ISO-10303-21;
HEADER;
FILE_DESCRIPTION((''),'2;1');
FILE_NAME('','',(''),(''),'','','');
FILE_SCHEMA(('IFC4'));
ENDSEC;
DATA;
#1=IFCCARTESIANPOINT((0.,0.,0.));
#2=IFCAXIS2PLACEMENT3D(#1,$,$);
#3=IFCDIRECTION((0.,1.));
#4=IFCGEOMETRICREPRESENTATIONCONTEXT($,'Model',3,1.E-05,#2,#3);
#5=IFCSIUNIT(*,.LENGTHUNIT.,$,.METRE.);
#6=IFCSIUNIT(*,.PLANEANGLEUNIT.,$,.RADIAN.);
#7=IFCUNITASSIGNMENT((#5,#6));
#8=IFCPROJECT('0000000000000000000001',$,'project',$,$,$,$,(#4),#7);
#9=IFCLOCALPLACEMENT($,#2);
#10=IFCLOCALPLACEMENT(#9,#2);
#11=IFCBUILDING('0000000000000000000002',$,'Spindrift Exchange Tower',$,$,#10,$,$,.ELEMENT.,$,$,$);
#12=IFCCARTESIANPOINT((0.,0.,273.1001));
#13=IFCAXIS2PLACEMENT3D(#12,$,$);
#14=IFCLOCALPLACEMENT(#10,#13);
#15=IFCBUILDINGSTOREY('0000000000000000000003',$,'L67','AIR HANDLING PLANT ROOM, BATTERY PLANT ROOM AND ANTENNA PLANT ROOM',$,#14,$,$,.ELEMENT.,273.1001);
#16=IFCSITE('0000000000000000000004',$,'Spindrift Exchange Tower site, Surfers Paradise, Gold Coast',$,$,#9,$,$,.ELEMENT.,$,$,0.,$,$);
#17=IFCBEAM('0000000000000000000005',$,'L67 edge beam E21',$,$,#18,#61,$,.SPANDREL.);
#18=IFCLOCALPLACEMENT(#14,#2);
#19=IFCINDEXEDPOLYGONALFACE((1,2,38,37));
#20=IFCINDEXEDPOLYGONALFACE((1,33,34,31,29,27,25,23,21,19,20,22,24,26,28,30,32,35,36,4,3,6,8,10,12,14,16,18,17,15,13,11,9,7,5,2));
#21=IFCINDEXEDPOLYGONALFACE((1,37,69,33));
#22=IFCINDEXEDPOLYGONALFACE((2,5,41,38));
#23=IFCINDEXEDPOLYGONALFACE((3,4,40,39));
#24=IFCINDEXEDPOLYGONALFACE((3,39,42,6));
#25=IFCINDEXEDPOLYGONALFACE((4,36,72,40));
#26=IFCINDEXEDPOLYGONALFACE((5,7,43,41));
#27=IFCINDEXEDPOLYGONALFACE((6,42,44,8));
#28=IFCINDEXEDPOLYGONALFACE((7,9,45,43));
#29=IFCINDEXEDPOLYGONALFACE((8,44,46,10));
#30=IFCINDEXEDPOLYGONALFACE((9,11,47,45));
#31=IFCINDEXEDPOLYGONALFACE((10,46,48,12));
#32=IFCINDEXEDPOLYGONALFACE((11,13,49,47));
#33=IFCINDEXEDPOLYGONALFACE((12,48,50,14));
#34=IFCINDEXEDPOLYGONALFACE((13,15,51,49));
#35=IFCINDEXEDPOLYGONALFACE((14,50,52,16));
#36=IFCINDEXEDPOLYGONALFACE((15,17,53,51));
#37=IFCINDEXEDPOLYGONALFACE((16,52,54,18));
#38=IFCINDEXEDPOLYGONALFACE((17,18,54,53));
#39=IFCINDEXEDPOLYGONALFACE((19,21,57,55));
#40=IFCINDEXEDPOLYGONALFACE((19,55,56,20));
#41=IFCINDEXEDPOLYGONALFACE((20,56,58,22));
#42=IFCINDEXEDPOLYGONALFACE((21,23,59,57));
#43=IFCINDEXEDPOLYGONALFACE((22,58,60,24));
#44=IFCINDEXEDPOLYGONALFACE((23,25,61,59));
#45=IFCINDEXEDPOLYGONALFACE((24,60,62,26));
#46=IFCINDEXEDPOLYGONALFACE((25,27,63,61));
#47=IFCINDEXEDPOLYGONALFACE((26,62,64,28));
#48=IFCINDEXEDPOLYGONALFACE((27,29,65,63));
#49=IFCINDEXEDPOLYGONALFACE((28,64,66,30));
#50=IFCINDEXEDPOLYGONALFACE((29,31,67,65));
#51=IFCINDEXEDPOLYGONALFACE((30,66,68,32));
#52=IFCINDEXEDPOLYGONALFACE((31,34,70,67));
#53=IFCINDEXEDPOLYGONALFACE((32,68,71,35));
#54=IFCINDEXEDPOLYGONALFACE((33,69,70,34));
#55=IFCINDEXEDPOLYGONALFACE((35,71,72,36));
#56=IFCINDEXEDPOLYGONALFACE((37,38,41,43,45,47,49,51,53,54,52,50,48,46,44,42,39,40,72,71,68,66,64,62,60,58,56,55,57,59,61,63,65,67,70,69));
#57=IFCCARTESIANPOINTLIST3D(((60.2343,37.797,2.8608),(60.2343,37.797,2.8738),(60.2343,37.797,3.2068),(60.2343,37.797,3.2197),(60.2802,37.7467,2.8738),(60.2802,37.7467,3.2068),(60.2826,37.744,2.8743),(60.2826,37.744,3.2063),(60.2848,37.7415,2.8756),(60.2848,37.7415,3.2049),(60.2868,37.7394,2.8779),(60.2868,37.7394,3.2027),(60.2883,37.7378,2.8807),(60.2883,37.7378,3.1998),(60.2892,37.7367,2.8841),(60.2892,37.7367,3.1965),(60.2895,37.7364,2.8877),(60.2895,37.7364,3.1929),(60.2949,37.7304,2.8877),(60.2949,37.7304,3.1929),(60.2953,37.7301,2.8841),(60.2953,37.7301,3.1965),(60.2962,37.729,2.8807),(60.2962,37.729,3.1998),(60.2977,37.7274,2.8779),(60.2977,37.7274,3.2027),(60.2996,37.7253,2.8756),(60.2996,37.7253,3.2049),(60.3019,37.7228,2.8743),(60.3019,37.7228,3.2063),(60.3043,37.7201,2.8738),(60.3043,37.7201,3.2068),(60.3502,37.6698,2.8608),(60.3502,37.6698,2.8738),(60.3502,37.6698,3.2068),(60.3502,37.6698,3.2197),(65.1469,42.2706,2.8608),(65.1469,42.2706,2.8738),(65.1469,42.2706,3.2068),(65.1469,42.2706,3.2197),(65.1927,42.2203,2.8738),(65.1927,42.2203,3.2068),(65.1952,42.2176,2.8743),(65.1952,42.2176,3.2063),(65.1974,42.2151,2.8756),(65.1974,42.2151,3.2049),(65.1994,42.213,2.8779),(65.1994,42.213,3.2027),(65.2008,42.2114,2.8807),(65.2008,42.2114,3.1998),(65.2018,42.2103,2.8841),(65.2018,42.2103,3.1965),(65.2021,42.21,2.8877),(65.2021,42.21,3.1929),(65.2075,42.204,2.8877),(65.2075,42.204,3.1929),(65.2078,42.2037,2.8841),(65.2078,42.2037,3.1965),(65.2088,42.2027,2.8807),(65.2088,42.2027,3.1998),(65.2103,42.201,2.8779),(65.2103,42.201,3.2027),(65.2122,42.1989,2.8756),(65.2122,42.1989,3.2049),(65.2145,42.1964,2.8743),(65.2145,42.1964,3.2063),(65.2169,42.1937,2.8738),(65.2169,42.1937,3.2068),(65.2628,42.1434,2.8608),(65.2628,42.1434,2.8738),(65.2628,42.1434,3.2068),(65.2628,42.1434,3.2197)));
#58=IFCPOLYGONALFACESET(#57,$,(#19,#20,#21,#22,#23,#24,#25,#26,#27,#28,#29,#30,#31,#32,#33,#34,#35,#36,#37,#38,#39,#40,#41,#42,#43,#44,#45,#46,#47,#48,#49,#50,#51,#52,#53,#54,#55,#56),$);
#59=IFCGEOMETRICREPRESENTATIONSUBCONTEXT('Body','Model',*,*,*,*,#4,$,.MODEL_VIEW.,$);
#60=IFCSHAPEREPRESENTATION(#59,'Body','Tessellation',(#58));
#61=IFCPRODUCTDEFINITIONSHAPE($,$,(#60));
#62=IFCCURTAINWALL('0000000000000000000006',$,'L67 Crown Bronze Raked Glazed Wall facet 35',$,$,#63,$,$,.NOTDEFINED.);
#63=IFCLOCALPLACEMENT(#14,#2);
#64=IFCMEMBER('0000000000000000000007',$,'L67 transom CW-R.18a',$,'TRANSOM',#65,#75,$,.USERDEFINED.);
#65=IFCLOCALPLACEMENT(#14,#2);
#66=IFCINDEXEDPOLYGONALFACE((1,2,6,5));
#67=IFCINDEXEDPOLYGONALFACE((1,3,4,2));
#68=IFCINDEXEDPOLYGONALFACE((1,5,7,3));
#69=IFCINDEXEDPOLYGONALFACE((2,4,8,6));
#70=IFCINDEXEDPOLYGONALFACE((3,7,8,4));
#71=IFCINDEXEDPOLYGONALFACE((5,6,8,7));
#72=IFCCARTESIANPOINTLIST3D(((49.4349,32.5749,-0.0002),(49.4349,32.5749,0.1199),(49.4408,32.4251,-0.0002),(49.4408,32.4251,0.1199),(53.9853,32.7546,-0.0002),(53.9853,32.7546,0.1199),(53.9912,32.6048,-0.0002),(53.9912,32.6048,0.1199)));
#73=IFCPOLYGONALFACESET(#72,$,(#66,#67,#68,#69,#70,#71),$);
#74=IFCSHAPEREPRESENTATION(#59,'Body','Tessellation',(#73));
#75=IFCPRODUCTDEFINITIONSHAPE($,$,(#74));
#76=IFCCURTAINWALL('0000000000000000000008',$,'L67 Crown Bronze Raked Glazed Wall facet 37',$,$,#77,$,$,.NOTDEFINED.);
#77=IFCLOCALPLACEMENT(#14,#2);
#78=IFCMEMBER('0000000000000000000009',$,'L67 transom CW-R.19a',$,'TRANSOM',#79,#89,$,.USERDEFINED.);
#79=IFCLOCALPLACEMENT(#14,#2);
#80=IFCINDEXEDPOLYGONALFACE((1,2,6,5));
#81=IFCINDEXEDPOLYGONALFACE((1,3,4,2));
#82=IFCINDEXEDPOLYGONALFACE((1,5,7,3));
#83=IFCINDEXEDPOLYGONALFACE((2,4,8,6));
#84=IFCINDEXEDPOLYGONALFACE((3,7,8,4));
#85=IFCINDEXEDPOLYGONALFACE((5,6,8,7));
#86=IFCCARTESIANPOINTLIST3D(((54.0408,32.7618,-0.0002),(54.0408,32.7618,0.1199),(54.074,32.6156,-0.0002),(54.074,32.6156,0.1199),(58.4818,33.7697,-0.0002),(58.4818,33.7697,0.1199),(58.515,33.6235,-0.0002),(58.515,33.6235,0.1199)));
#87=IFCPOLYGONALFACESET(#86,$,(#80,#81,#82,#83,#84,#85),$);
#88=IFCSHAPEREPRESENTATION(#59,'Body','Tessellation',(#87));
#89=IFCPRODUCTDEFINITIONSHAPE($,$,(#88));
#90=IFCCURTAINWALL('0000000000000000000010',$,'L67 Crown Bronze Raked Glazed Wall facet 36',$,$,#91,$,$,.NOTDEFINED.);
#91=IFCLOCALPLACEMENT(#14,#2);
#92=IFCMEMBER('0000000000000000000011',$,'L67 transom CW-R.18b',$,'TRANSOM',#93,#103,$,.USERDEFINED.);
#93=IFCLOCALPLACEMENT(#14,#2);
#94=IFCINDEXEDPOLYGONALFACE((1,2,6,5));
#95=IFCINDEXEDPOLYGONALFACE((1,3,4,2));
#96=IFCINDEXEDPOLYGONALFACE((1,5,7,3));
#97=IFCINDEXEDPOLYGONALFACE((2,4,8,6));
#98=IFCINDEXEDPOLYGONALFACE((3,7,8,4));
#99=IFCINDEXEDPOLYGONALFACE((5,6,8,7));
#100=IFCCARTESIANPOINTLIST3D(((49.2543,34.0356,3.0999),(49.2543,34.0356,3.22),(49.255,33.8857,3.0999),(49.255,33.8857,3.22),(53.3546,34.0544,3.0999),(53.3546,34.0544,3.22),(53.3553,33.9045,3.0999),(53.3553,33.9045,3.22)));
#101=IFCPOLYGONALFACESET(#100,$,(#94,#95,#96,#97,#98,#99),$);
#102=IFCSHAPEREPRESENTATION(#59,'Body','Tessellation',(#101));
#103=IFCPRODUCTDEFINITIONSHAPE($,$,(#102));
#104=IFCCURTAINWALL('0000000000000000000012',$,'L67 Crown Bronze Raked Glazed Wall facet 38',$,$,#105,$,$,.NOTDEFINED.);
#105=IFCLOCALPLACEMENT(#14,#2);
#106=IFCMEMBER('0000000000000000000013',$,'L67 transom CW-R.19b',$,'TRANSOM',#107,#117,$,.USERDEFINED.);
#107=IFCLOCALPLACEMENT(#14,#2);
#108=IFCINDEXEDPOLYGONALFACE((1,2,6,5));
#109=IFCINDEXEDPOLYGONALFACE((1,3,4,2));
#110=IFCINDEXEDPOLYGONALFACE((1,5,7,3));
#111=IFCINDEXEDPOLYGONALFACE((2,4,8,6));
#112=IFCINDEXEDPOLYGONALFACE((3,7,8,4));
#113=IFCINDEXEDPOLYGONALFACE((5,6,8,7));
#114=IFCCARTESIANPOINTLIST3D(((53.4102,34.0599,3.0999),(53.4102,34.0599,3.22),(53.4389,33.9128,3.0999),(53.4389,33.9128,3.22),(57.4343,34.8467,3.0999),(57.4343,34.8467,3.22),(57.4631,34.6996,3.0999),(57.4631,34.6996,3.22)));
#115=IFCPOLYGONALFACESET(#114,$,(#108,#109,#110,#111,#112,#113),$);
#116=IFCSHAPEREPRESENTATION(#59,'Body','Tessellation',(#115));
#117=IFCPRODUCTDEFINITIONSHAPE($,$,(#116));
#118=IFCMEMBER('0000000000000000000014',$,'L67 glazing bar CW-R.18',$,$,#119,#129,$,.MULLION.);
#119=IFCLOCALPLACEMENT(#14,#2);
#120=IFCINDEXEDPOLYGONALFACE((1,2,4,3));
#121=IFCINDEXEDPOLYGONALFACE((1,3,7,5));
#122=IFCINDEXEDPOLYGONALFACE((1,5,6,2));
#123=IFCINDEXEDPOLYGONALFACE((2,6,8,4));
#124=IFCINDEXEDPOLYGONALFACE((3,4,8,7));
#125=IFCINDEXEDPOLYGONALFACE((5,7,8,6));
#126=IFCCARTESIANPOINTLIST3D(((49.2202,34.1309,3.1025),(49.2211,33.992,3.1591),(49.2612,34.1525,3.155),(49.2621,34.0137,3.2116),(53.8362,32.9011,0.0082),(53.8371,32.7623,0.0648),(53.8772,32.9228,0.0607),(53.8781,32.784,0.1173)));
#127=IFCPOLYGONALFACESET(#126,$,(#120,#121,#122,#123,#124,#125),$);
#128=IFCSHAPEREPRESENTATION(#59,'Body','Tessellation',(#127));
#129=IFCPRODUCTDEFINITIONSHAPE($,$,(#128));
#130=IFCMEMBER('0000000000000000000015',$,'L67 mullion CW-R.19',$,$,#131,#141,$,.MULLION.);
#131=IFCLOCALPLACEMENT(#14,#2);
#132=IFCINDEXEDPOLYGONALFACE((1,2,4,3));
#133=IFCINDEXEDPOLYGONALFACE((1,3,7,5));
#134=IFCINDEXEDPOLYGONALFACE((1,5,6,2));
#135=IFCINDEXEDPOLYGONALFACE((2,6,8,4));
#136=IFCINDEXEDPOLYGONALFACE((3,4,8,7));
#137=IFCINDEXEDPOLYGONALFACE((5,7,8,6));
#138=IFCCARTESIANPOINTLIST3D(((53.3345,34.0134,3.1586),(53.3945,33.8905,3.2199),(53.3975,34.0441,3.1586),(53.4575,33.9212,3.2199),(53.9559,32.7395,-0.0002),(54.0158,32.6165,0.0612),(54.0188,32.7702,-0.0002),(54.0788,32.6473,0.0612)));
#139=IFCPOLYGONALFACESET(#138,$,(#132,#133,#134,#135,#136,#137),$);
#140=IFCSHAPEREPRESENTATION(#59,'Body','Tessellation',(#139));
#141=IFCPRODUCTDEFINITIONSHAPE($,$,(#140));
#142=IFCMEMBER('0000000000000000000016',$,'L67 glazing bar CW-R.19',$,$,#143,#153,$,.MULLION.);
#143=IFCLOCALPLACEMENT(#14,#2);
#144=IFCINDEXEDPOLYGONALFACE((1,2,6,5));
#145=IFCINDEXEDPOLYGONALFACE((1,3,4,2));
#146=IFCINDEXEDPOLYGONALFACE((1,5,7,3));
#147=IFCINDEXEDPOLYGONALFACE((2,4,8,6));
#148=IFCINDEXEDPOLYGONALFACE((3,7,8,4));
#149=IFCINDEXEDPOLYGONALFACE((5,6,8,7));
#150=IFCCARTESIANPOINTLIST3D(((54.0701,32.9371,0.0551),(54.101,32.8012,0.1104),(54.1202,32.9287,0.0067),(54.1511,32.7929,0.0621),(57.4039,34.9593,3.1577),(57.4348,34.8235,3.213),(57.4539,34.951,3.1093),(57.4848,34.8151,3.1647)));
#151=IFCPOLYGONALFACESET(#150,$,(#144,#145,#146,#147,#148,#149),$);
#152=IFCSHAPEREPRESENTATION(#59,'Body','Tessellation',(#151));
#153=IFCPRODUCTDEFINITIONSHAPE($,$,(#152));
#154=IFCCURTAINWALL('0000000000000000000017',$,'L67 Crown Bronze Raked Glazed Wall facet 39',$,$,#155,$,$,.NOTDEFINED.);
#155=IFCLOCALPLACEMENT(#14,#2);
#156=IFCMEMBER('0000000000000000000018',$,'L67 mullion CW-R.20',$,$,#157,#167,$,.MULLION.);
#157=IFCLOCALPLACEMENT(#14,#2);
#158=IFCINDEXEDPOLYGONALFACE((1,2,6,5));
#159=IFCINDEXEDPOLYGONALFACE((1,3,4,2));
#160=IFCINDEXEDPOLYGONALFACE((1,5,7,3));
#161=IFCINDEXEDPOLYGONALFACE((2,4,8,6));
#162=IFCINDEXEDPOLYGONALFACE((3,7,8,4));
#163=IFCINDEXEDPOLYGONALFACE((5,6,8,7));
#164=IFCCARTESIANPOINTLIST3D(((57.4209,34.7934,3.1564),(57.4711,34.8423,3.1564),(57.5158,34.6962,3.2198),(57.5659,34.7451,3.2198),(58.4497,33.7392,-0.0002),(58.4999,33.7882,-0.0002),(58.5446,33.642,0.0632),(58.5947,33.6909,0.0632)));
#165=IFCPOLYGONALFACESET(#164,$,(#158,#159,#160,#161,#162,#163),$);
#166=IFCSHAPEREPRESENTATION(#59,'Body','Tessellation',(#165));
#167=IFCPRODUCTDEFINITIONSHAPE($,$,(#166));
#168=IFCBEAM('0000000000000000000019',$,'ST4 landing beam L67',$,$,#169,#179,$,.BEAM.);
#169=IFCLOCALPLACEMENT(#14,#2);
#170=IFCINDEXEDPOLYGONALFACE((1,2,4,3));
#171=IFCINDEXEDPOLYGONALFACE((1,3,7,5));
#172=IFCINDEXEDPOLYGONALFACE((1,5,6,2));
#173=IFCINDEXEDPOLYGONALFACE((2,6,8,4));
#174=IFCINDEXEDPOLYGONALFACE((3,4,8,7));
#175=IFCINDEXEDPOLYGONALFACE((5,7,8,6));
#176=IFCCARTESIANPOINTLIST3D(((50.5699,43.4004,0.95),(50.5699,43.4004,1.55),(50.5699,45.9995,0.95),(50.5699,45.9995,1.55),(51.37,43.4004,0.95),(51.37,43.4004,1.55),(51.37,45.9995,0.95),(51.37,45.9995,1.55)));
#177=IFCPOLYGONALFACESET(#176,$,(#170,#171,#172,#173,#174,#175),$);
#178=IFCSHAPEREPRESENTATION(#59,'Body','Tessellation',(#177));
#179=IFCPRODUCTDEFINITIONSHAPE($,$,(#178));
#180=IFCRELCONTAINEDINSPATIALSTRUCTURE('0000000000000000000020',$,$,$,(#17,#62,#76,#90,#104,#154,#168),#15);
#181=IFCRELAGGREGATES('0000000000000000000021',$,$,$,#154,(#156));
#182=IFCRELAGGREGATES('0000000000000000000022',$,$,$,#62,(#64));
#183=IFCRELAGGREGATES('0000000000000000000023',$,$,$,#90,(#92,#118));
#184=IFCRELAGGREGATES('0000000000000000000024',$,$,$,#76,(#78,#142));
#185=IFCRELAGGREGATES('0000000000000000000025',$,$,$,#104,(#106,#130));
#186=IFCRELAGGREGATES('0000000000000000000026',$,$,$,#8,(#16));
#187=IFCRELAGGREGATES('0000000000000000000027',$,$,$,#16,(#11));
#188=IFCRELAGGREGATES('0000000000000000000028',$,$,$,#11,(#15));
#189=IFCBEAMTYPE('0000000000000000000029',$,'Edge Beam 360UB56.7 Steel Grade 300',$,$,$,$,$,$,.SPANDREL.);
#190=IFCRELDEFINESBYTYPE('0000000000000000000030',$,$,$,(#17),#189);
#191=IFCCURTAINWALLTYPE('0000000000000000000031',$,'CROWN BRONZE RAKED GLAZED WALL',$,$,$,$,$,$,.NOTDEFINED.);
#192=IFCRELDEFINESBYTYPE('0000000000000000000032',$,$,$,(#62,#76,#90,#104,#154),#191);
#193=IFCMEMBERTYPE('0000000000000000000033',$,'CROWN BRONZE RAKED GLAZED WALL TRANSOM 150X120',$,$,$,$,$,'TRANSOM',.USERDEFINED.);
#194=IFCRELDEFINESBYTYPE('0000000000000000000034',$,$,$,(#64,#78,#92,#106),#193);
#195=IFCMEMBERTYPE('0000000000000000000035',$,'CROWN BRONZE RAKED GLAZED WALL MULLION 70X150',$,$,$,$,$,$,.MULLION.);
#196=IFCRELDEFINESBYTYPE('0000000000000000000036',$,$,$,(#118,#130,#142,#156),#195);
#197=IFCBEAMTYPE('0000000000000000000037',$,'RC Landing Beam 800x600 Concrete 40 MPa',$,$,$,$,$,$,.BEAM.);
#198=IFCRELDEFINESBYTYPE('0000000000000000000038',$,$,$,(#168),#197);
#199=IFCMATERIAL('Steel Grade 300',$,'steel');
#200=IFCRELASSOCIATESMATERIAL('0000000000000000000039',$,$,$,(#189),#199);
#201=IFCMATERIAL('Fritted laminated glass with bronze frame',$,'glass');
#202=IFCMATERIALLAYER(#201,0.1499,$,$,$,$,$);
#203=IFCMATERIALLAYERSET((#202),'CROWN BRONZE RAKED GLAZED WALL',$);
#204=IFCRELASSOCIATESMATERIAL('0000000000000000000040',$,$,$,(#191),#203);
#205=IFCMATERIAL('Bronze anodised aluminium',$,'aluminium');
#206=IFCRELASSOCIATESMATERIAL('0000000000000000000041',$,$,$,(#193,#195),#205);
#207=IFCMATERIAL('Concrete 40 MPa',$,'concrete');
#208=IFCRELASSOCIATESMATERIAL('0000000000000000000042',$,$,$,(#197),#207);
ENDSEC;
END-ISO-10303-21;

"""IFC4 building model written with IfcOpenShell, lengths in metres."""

from ifc_helpers import new_model, si_unit, direction, frame, origin, origin_2d, place, context, subcontext, project, spatial, rectangle, i_section, extrude, source, transform, mapped, material, layer, layer_set, material_profile, profile_set, type_object, element, aggregate, save


model = new_model("IFC4")

# Units and contexts
model_context = context("Model", 3, precision=1e-05, world=origin(), true_north=direction((0.0, 1.0)))
body_context = subcontext(model_context, "Body", "Model", "MODEL_VIEW")
ifc_project = project(units=[si_unit("LENGTHUNIT", "METRE"), si_unit("PLANEANGLEUNIT", "RADIAN")], contexts=[model_context])

# Site, building, storey
site_placement = place(None, origin())
site = spatial("IfcSite", under=ifc_project, at=site_placement, Name="Spindrift Exchange Tower site, Surfers Paradise, Gold Coast", CompositionType="ELEMENT", RefElevation=0.0)
building_placement = place(site_placement, origin())
building = spatial("IfcBuilding", under=site, at=building_placement, Name="Spindrift Exchange Tower", CompositionType="ELEMENT")
storey_placement = place(building_placement, frame((0.0, 0.0, 273.1001)))
storey = spatial("IfcBuildingStorey", under=building, at=storey_placement, Name="L67", Description="AIR HANDLING PLANT ROOM, BATTERY PLANT ROOM AND ANTENNA PLANT ROOM", CompositionType="ELEMENT", Elevation=273.1001)

# Shared definitions
ifc_material_1 = material(Name="Concrete 40 MPa", Category="concrete")

# Beam
ifc_material_2 = material(Name="Steel Grade 300", Category="steel")
ifc_material_profile_1 = material_profile(ifc_material_2, i_section(OverallWidth=0.1721, OverallDepth=0.3589, WebThickness=0.0081, FlangeThickness=0.0129, FilletRadius=0.0139, at=origin_2d()), Name="360UB56.7")
ifc_profile_set_1 = profile_set([ifc_material_profile_1], Name="Steel Grade 300")
beam_type_1 = type_object("IfcBeamType", Name="Edge Beam 360UB56.7 Steel Grade 300", PredefinedType="SPANDREL", material=ifc_profile_set_1)
shared_shape_1 = source(origin(), body_context, "Body", "SweptSolid", [
    extrude(i_section(OverallWidth=0.1721, OverallDepth=0.3589, WebThickness=0.0081, FlangeThickness=0.0129, FilletRadius=0.0139, at=origin_2d()), origin(), (0.0, 0.0, 1.0), 6.6443),
])
beam_1_placement = place(storey_placement, frame((60.2922, 37.7334, 3.0403), z_axis=(0.739368, 0.673302, 0.0), x_axis=(-0.673302, 0.739368, 0.0)))
element("IfcBeam", 1, at=beam_1_placement, inside=storey, type_object=beam_type_1, Name="L67 edge beam E21", PredefinedType="SPANDREL", context=body_context, shape_type="MappedRepresentation", body=[
    mapped(shared_shape_1, transform((0.0, 0.0, 0.0), scale=1.0)),
])

# Curtain walls, members
ifc_material_3 = material(Name="Fritted laminated glass with bronze frame", Category="glass")
ifc_layer_1 = layer(ifc_material_3, 0.1499)
ifc_layer_set_1 = layer_set([ifc_layer_1], Name="CROWN BRONZE RAKED GLAZED WALL")
curtain_wall_type = type_object("IfcCurtainWallType", Name="CROWN BRONZE RAKED GLAZED WALL", PredefinedType="NOTDEFINED", material=ifc_layer_set_1)
curtain_wall_1_placement = place(storey_placement, origin())
curtain_wall_1 = element("IfcCurtainWall", 2, at=curtain_wall_1_placement, inside=storey, type_object=curtain_wall_type, Name="L67 Crown Bronze Raked Glazed Wall facet 35", PredefinedType="NOTDEFINED")
ifc_material_4 = material(Name="Bronze anodised aluminium", Category="aluminium")
ifc_material_profile_2 = material_profile(ifc_material_4, rectangle(XDim=0.1499, YDim=0.1201, at=origin_2d()), Name="CROWN BRONZE RAKED GLAZED WALL TRANSOM 150X120")
ifc_profile_set_2 = profile_set([ifc_material_profile_2], Name="Bronze anodised aluminium")
member_type_1 = type_object("IfcMemberType", Name="CROWN BRONZE RAKED GLAZED WALL TRANSOM 150X120", ElementType="TRANSOM", PredefinedType="USERDEFINED", material=ifc_profile_set_2)
shared_shape_2 = source(origin(), body_context, "Body", "SweptSolid", [
    extrude(rectangle(XDim=0.1499, YDim=0.1201, at=origin_2d()), origin(), (0.0, 0.0, 1.0), 4.554),
])
member_1_placement = place(storey_placement, frame((53.9883, 32.6797, 0.0598), z_axis=(-0.999221, -0.039458, 0.0), x_axis=(0.039458, -0.999221, 0.0)))
member_1 = element("IfcMember", 3, at=member_1_placement, type_object=member_type_1, Name="L67 transom CW-R.18a", ObjectType="TRANSOM", PredefinedType="USERDEFINED", context=body_context, shape_type="MappedRepresentation", body=[
    mapped(shared_shape_2, transform((0.0, 0.0, 0.0), scale=1.0)),
])
curtain_wall_2_placement = place(storey_placement, origin())
curtain_wall_2 = element("IfcCurtainWall", 4, at=curtain_wall_2_placement, inside=storey, type_object=curtain_wall_type, Name="L67 Crown Bronze Raked Glazed Wall facet 37", PredefinedType="NOTDEFINED")
member_2_placement = place(storey_placement, frame((54.0574, 32.6887, 0.0598), z_axis=(0.975203, 0.221311, 0.0), x_axis=(-0.221311, 0.975203, 0.0)))
member_2 = element("IfcMember", 5, at=member_2_placement, type_object=member_type_1, Name="L67 transom CW-R.19a", ObjectType="TRANSOM", PredefinedType="USERDEFINED", context=body_context, shape_type="MappedRepresentation", body=[
    mapped(shared_shape_2, transform((0.0, 0.0, 0.0), scale=1.0)),
])
curtain_wall_3_placement = place(storey_placement, origin())
curtain_wall_3 = element("IfcCurtainWall", 6, at=curtain_wall_3_placement, inside=storey, type_object=curtain_wall_type, Name="L67 Crown Bronze Raked Glazed Wall facet 36", PredefinedType="NOTDEFINED")
shared_shape_3 = source(origin(), body_context, "Body", "SweptSolid", [
    extrude(rectangle(XDim=0.1499, YDim=0.1201, at=origin_2d()), origin(), (0.0, 0.0, 1.0), 4.1003),
])
member_3_placement = place(storey_placement, frame((53.355, 33.9795, 3.1599), z_axis=(-0.999989, -0.004585, 0.0), x_axis=(0.004585, -0.999989, 0.0)))
member_3 = element("IfcMember", 7, at=member_3_placement, type_object=member_type_1, Name="L67 transom CW-R.18b", ObjectType="TRANSOM", PredefinedType="USERDEFINED", context=body_context, shape_type="MappedRepresentation", body=[
    mapped(shared_shape_3, transform((0.0, 0.0, 0.0), scale=1.0)),
])
curtain_wall_4_placement = place(storey_placement, origin())
curtain_wall_4 = element("IfcCurtainWall", 8, at=curtain_wall_4_placement, inside=storey, type_object=curtain_wall_type, Name="L67 Crown Bronze Raked Glazed Wall facet 38", PredefinedType="NOTDEFINED")
member_4_placement = place(storey_placement, frame((53.4246, 33.9863, 3.1599), z_axis=(0.981414, 0.191901, 0.0), x_axis=(-0.191901, 0.981414, 0.0)))
member_4 = element("IfcMember", 9, at=member_4_placement, type_object=member_type_1, Name="L67 transom CW-R.19b", ObjectType="TRANSOM", PredefinedType="USERDEFINED", context=body_context, shape_type="MappedRepresentation", body=[
    mapped(shared_shape_3, transform((0.0, 0.0, 0.0), scale=1.0)),
])

# Members
ifc_material_profile_3 = material_profile(ifc_material_4, rectangle(XDim=0.0701, YDim=0.1499, at=origin_2d()), Name="CROWN BRONZE RAKED GLAZED WALL MULLION 70X150")
ifc_profile_set_3 = profile_set([ifc_material_profile_3], Name="Bronze anodised aluminium")
member_type_2 = type_object("IfcMemberType", Name="CROWN BRONZE RAKED GLAZED WALL MULLION 70X150", PredefinedType="MULLION", material=ifc_profile_set_3)
shared_shape_4 = source(origin(), body_context, "Body", "SweptSolid", [
    extrude(rectangle(XDim=0.0701, YDim=0.1499, at=origin_2d()), origin(), (0.0, 0.0, 1.0), 5.6917),
])
member_5_placement = place(storey_placement, frame((53.8572, 32.8425, 0.0627), z_axis=(-0.811021, 0.216064, 0.543655), x_axis=(-0.584983, -0.309393, -0.749714)))
member_5 = element("IfcMember", 10, at=member_5_placement, type_object=member_type_2, Name="L67 glazing bar CW-R.18", PredefinedType="MULLION", context=body_context, shape_type="MappedRepresentation", body=[
    mapped(shared_shape_4, transform((0.0, 0.0, 0.0), scale=1.0)),
])
shared_shape_5 = source(origin(), body_context, "Body", "SweptSolid", [
    extrude(rectangle(XDim=0.0701, YDim=0.1499, at=origin_2d()), origin(), (0.0, 0.0, 1.0), 3.4622),
])
member_6_placement = place(storey_placement, frame((54.0173, 32.6934, 0.0305), z_axis=(-0.179467, 0.367961, 0.912357), x_axis=(-0.898793, -0.438373, 0.0)))
member_6 = element("IfcMember", 11, at=member_6_placement, type_object=member_type_2, Name="L67 mullion CW-R.19", PredefinedType="MULLION", context=body_context, shape_type="MappedRepresentation", body=[
    mapped(shared_shape_5, transform((0.0, 0.0, 0.0), scale=1.0)),
])
shared_shape_6 = source(origin(), body_context, "Body", "SweptSolid", [
    extrude(rectangle(XDim=0.0701, YDim=0.1499, at=origin_2d()), origin(), (0.0, 0.0, 1.0), 4.9829),
])
member_7_placement = place(storey_placement, frame((54.1106, 32.865, 0.0586), z_axis=(0.669041, 0.405834, 0.622642), x_axis=(-0.714102, 0.118791, 0.689889)))
member_7 = element("IfcMember", 12, at=member_7_placement, type_object=member_type_2, Name="L67 glazing bar CW-R.19", PredefinedType="MULLION", context=body_context, shape_type="MappedRepresentation", body=[
    mapped(shared_shape_6, transform((0.0, 0.0, 0.0), scale=1.0)),
])

# Curtain wall, member
curtain_wall_5_placement = place(storey_placement, origin())
curtain_wall_5 = element("IfcCurtainWall", 13, at=curtain_wall_5_placement, inside=storey, type_object=curtain_wall_type, Name="L67 Crown Bronze Raked Glazed Wall facet 39", PredefinedType="NOTDEFINED")
shared_shape_7 = source(origin(), body_context, "Body", "SweptSolid", [
    extrude(rectangle(XDim=0.0701, YDim=0.1499, at=origin_2d()), origin(), (0.0, 0.0, 1.0), 3.4834),
])
member_8_placement = place(storey_placement, frame((58.5222, 33.7151, 0.0315), z_axis=(-0.295338, 0.302626, 0.906197), x_axis=(-0.715673, -0.698436, 0.0)))
member_8 = element("IfcMember", 14, at=member_8_placement, type_object=member_type_2, Name="L67 mullion CW-R.20", PredefinedType="MULLION", context=body_context, shape_type="MappedRepresentation", body=[
    mapped(shared_shape_7, transform((0.0, 0.0, 0.0), scale=1.0)),
])
aggregate(curtain_wall_5, [member_8])

# Beam
ifc_material_profile_4 = material_profile(ifc_material_1, rectangle(XDim=0.8, YDim=0.6001, at=origin_2d()), Name="RC 800x600")
ifc_profile_set_4 = profile_set([ifc_material_profile_4], Name="Concrete 40 MPa")
beam_type_2 = type_object("IfcBeamType", Name="RC Landing Beam 800x600 Concrete 40 MPa", PredefinedType="BEAM", material=ifc_profile_set_4)
shared_shape_8 = source(origin(), body_context, "Body", "SweptSolid", [
    extrude(rectangle(XDim=0.8, YDim=0.6001, at=origin_2d()), origin(), (0.0, 0.0, 1.0), 2.5991),
])
beam_2_placement = place(storey_placement, frame((50.97, 43.4004, 1.25), z_axis=(0.0, 1.0, 0.0), x_axis=(-1.0, 0.0, 0.0)))
element("IfcBeam", 15, at=beam_2_placement, inside=storey, type_object=beam_type_2, Name="ST4 landing beam L67", PredefinedType="BEAM", context=body_context, shape_type="MappedRepresentation", body=[
    mapped(shared_shape_8, transform((0.0, 0.0, 0.0), scale=1.0)),
])

aggregate(curtain_wall_1, [member_1])
aggregate(curtain_wall_3, [member_3, member_5])
aggregate(curtain_wall_2, [member_2, member_7])
aggregate(curtain_wall_4, [member_4, member_6])

save(model, "model.ifc")
